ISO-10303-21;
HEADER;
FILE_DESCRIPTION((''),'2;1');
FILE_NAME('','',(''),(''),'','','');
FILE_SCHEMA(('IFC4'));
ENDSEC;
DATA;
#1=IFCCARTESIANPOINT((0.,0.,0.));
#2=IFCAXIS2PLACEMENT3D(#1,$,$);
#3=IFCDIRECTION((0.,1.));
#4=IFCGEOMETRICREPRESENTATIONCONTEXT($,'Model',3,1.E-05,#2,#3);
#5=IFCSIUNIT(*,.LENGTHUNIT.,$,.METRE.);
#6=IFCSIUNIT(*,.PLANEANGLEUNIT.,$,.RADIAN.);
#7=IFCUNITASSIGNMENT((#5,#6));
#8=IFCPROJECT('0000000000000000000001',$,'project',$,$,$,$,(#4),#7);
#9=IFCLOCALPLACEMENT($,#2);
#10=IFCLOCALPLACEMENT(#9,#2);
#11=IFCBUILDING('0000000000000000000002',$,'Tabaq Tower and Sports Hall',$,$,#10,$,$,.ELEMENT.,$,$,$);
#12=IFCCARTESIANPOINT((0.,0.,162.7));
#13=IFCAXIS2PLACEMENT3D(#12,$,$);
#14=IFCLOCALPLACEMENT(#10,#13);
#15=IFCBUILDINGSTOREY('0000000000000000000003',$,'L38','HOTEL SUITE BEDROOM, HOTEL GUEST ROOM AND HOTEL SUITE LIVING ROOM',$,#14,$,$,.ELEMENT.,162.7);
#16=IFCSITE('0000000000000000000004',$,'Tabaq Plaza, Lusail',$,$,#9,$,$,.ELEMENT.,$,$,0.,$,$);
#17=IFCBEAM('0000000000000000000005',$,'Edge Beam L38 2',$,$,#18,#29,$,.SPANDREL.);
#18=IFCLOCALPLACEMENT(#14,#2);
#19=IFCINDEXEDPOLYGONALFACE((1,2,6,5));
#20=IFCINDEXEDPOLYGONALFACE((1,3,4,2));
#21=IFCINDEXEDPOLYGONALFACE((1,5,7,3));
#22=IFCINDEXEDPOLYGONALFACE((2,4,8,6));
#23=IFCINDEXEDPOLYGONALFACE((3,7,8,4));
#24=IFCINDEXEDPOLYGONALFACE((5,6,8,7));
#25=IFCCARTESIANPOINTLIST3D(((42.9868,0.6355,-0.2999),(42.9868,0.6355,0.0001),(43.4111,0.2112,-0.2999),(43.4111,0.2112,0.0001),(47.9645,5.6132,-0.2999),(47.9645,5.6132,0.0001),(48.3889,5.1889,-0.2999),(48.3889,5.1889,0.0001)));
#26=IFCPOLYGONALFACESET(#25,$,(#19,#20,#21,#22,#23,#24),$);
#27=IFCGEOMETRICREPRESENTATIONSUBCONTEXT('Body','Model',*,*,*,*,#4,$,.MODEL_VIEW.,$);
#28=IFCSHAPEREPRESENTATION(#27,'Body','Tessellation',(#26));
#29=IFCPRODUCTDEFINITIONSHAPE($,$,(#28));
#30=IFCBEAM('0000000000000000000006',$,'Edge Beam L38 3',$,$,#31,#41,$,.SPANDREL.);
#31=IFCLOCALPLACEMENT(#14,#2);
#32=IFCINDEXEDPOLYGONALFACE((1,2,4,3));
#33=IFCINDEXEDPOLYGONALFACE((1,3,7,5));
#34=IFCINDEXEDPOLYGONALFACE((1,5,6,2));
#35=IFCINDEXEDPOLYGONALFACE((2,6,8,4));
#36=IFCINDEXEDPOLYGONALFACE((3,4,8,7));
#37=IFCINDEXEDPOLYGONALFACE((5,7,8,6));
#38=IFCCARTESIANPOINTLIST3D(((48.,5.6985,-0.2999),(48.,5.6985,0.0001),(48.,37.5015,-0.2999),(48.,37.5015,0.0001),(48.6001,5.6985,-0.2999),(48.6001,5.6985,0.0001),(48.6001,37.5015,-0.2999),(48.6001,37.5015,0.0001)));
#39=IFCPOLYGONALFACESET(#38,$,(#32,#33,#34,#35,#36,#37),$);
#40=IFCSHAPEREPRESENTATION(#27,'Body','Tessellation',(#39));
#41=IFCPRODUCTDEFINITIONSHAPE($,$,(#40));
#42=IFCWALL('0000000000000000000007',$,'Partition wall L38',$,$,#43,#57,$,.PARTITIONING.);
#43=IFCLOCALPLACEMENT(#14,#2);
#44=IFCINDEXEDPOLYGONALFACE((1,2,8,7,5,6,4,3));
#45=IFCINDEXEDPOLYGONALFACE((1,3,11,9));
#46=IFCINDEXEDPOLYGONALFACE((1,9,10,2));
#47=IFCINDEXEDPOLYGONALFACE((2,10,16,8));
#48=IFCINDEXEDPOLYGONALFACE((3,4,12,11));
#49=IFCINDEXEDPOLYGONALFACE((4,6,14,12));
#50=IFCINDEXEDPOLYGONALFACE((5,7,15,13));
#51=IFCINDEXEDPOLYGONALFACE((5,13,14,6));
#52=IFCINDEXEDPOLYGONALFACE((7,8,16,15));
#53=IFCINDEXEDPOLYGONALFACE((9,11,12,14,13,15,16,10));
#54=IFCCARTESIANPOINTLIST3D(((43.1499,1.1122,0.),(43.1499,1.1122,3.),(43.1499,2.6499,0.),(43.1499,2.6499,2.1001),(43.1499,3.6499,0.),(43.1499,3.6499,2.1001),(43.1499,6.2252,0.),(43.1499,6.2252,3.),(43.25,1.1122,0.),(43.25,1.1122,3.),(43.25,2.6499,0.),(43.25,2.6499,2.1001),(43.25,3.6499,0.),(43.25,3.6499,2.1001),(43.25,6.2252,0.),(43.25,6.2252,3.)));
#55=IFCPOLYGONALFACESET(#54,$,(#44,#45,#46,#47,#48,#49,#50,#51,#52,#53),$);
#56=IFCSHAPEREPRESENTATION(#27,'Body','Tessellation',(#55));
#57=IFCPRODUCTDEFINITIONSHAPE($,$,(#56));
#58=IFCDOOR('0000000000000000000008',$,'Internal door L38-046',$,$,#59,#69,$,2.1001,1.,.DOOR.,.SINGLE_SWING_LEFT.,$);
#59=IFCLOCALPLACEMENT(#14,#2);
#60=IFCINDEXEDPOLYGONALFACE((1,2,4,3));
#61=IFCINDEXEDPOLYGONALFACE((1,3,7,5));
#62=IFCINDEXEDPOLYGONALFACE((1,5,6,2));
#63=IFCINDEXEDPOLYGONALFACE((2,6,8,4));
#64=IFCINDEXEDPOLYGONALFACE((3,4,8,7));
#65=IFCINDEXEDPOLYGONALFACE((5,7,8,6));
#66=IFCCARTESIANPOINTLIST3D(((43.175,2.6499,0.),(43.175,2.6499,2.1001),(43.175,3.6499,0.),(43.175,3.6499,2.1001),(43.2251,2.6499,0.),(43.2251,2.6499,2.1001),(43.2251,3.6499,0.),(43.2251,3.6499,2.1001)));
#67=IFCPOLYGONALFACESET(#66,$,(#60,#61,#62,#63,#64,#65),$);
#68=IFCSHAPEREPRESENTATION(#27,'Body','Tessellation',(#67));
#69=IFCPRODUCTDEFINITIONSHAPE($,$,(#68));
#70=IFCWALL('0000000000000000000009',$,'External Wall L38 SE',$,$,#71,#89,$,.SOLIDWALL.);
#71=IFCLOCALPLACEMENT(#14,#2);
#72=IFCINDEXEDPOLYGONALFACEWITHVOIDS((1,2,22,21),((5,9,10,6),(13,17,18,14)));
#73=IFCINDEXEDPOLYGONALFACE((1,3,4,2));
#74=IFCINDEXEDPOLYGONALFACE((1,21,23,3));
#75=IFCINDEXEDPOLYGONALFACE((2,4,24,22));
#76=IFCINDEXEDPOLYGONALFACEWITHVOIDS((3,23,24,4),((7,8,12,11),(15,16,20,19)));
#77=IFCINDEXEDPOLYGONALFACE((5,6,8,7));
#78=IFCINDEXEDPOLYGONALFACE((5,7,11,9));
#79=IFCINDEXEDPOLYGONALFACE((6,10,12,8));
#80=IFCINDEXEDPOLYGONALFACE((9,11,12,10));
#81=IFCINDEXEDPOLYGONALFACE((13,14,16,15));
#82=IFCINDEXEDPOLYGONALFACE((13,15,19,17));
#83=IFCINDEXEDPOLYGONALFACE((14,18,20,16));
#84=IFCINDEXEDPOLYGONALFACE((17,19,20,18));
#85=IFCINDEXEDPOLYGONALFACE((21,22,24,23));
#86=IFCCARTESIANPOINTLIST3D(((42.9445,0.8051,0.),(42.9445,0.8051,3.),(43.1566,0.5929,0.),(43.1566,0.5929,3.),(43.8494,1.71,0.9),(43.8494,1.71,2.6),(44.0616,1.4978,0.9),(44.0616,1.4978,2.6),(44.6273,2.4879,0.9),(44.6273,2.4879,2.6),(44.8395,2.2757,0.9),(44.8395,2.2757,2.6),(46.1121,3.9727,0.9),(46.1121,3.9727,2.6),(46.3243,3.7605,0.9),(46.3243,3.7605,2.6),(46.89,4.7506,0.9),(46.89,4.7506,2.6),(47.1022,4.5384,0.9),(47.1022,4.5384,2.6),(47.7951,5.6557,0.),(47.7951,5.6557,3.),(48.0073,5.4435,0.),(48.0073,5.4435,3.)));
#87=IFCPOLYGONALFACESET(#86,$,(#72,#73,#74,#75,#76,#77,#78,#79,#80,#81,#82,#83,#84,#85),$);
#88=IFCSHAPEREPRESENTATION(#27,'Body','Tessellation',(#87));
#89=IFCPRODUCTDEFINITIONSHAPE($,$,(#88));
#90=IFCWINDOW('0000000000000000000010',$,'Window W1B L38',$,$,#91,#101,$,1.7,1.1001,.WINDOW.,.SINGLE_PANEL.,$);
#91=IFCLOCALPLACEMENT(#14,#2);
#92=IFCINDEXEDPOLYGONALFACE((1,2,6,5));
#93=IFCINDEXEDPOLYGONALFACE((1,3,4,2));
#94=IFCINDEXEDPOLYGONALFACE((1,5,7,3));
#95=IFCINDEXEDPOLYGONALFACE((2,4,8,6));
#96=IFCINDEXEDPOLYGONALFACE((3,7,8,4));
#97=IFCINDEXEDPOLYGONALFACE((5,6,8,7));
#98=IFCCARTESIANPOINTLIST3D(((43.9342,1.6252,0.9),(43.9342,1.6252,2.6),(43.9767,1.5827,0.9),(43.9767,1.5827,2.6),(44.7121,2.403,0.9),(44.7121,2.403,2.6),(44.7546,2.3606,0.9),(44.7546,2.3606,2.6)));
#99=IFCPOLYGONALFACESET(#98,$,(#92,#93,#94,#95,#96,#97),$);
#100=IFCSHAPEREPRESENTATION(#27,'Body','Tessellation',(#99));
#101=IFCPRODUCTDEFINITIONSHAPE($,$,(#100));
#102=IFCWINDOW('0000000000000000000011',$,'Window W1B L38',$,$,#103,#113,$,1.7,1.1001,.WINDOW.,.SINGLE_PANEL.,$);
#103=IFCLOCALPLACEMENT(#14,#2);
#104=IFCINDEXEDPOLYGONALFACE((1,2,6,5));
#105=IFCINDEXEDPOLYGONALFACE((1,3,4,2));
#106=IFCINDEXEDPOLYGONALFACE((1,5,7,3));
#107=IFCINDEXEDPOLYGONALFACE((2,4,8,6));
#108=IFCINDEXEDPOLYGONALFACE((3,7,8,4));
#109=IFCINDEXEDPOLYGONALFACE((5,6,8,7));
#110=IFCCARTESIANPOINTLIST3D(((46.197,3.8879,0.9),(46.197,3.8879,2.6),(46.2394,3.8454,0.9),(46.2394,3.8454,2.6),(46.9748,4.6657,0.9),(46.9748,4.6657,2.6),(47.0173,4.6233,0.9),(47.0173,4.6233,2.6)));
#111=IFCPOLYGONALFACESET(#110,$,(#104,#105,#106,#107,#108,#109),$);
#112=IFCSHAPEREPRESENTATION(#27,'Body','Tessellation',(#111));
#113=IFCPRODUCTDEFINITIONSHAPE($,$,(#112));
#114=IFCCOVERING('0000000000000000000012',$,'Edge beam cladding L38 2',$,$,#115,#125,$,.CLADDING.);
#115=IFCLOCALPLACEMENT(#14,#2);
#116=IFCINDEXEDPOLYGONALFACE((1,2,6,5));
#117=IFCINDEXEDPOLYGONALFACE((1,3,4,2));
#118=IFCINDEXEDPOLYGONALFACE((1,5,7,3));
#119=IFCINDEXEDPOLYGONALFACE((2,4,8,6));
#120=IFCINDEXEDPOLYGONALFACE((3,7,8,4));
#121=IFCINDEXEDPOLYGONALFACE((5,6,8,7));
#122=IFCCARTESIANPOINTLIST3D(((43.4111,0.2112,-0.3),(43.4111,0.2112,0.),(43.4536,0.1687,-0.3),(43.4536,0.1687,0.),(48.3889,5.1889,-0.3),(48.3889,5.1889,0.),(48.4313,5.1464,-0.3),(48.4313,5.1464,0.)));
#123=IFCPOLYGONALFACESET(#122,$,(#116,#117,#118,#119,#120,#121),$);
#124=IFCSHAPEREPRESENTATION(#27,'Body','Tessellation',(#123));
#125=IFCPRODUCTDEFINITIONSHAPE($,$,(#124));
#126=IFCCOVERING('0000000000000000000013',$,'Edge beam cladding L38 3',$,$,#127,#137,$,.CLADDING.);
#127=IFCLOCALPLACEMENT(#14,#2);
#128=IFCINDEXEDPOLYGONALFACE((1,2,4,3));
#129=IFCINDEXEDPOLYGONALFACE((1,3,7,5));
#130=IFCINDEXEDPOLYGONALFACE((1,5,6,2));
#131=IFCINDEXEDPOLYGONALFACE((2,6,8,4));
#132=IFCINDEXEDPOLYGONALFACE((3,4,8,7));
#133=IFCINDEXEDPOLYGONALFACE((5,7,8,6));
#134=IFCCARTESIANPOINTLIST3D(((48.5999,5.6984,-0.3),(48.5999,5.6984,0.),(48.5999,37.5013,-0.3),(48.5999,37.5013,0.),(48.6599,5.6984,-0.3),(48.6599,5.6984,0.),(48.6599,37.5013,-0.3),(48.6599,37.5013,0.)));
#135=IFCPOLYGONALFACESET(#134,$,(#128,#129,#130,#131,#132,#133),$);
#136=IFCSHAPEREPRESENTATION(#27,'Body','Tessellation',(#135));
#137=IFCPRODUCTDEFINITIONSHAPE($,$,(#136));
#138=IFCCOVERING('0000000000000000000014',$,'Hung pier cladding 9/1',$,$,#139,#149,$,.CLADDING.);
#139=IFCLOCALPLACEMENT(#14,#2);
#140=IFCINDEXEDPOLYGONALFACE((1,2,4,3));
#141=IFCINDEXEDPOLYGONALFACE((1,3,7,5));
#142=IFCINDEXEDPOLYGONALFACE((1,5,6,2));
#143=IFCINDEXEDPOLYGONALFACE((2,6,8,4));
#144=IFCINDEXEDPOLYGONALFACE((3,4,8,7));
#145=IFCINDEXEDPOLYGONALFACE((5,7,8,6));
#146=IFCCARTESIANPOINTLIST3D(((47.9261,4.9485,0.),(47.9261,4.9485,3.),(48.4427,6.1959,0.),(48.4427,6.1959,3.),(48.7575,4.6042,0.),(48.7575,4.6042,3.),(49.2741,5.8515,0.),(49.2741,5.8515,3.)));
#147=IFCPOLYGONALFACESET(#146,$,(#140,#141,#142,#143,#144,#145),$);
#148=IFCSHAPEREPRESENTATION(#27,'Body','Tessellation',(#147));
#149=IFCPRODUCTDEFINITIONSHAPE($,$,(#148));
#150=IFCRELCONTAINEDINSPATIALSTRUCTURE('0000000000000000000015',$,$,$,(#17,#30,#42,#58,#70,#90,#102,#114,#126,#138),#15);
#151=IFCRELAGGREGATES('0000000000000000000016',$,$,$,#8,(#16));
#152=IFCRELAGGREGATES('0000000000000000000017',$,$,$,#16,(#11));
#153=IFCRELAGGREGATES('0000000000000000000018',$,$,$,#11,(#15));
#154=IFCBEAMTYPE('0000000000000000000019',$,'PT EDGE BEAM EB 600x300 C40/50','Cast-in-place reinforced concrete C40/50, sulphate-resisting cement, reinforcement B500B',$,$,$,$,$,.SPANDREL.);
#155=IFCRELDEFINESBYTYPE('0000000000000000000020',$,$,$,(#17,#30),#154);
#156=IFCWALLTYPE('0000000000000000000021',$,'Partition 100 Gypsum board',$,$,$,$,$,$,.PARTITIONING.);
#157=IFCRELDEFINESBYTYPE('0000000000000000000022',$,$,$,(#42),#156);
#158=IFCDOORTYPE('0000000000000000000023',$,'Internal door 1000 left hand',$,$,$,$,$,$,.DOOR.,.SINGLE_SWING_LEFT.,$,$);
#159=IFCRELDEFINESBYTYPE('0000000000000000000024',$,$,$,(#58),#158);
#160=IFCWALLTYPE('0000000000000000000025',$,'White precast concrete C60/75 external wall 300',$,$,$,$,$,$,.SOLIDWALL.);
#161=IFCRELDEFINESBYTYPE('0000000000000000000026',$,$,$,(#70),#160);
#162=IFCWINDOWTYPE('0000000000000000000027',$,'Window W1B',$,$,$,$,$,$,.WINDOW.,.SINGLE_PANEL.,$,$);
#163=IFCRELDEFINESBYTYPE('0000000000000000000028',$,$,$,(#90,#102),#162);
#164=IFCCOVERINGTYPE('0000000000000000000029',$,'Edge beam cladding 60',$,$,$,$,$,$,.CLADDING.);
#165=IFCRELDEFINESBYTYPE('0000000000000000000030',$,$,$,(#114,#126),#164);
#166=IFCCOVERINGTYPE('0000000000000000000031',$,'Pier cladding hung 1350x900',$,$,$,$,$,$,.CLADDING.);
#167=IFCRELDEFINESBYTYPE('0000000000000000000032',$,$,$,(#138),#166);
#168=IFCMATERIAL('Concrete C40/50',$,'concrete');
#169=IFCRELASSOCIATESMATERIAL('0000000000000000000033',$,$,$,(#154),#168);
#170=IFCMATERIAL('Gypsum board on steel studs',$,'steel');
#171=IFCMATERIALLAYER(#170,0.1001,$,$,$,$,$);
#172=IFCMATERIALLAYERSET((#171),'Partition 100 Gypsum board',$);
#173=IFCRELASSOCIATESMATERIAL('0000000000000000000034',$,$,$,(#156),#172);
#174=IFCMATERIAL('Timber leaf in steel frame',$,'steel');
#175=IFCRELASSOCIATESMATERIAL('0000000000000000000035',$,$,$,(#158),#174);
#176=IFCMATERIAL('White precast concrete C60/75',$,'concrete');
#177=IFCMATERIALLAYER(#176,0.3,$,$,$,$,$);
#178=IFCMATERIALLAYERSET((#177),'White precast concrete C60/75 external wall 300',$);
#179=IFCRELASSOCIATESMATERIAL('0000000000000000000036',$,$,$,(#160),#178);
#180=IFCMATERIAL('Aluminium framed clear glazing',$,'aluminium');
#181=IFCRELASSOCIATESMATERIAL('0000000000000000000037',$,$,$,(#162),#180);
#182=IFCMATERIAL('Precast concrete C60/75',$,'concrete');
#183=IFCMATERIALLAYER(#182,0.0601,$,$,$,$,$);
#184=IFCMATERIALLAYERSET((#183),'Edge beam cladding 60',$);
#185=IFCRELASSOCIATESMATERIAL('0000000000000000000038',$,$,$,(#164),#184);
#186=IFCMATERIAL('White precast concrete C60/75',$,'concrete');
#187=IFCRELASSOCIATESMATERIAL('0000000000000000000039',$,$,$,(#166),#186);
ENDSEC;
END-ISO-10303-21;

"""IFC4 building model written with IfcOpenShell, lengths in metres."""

from ifc_helpers import new_model, si_unit, direction, frame, frame_2d, origin, origin_2d, place, context, subcontext, project, spatial, rectangle, extrude, material, layer, layer_set, material_profile, profile_set, type_object, element, fill, save


model = new_model("IFC4")

# Units and contexts
model_context = context("Model", 3, precision=1e-05, world=origin(), true_north=direction((0.0, 1.0)))
body_context = subcontext(model_context, "Body", "Model", "MODEL_VIEW")
ifc_project = project(units=[si_unit("LENGTHUNIT", "METRE"), si_unit("PLANEANGLEUNIT", "RADIAN")], contexts=[model_context])

# Site, building, storey
site_placement = place(None, origin())
site = spatial("IfcSite", under=ifc_project, at=site_placement, Name="Tabaq Plaza, Lusail", CompositionType="ELEMENT", RefElevation=0.0)
building_placement = place(site_placement, origin())
building = spatial("IfcBuilding", under=site, at=building_placement, Name="Tabaq Tower and Sports Hall", CompositionType="ELEMENT")
storey_placement = place(building_placement, frame((0.0, 0.0, 162.7)))
storey = spatial("IfcBuildingStorey", under=building, at=storey_placement, Name="L38", Description="HOTEL SUITE BEDROOM, HOTEL GUEST ROOM AND HOTEL SUITE LIVING ROOM", CompositionType="ELEMENT", Elevation=162.7)

# Beams
ifc_material_1 = material(Name="Concrete C40/50", Category="concrete")
ifc_material_profile = material_profile(ifc_material_1, rectangle(XDim=0.6001, YDim=0.3, at=origin_2d()), Name="EB 600x300")
ifc_profile_set = profile_set([ifc_material_profile], Name="Concrete C40/50")
beam_type = type_object("IfcBeamType", Name="PT EDGE BEAM EB 600x300 C40/50", Description="Cast-in-place reinforced concrete C40/50, sulphate-resisting cement, reinforcement B500B", PredefinedType="SPANDREL", material=ifc_profile_set)
beam_1_placement = place(storey_placement, frame((43.199, 0.4233, -0.1499), z_axis=(0.707107, 0.707107, 0.0), x_axis=(-0.707107, 0.707107, 0.0)))
element("IfcBeam", 1, at=beam_1_placement, inside=storey, type_object=beam_type, Name="Edge Beam L38 2", PredefinedType="SPANDREL", context=body_context, shape_type="SweptSolid", body=[
    extrude(rectangle(XDim=0.6001, YDim=0.3, at=origin_2d()), origin(), (0.0, 0.0, 1.0), 7.0396),
])
beam_2_placement = place(storey_placement, frame((48.3, 5.6985, -0.1499), z_axis=(0.0, 1.0, 0.0), x_axis=(-1.0, 0.0, 0.0)))
element("IfcBeam", 2, at=beam_2_placement, inside=storey, type_object=beam_type, Name="Edge Beam L38 3", PredefinedType="SPANDREL", context=body_context, shape_type="SweptSolid", body=[
    extrude(rectangle(XDim=0.6001, YDim=0.3, at=origin_2d()), origin(), (0.0, 0.0, 1.0), 31.803),
])

# Wall, opening, door
ifc_material_2 = material(Name="Gypsum board on steel studs", Category="steel")
ifc_layer_1 = layer(ifc_material_2, 0.1001)
ifc_layer_set_1 = layer_set([ifc_layer_1], Name="Partition 100 Gypsum board")
wall_type_1 = type_object("IfcWallType", Name="Partition 100 Gypsum board", PredefinedType="PARTITIONING", material=ifc_layer_set_1)
wall_1_placement = place(storey_placement, frame((43.2, 1.1121, 0.0), z_axis=(0.0, 0.0, 1.0), x_axis=(0.0, 1.0, 0.0)))
wall_1 = element("IfcWall", 3, at=wall_1_placement, inside=storey, type_object=wall_type_1, Name="Partition wall L38", PredefinedType="PARTITIONING", context=body_context, shape_type="SweptSolid", body=[
    extrude(rectangle(XDim=5.113, YDim=0.1001, at=frame_2d((2.5566, 0.0))), origin(), (0.0, 0.0, 1.0), 3.0),
])
opening_1_placement = place(wall_1_placement, frame((1.5378, 0.0, 0.0)))
opening_1 = element("IfcOpeningElement", 4, at=opening_1_placement, cuts=wall_1, PredefinedType="OPENING", context=body_context, shape_type="SweptSolid", body=[
    extrude(rectangle(XDim=1.0, YDim=2.1001, at=frame_2d((0.5, 1.05))), frame((0.0, 0.05, 0.0), z_axis=(0.0, -1.0, 0.0), x_axis=(1.0, 0.0, 0.0)), (0.0, 0.0, 1.0), 0.1001),
])
ifc_material_3 = material(Name="Timber leaf in steel frame", Category="steel")
door_type = type_object("IfcDoorType", Name="Internal door 1000 left hand", OperationType="SINGLE_SWING_LEFT", PredefinedType="DOOR", material=ifc_material_3)
door_placement = place(opening_1_placement, origin())
door = element("IfcDoor", 5, at=door_placement, inside=storey, type_object=door_type, Name="Internal door L38-046", OperationType="SINGLE_SWING_LEFT", OverallHeight=2.1001, OverallWidth=1.0, PredefinedType="DOOR", context=body_context, shape_type="SweptSolid", body=[
    extrude(rectangle(XDim=1.0, YDim=2.1001, at=frame_2d((0.5, 1.05))), frame((0.0, 0.0249, 0.0), z_axis=(0.0, -1.0, 0.0), x_axis=(1.0, 0.0, 0.0)), (0.0, 0.0, 1.0), 0.05),
])
fill(opening_1, door)

# Wall, openings, windows
ifc_material_4 = material(Name="White precast concrete C60/75", Category="concrete")
ifc_layer_2 = layer(ifc_material_4, 0.3)
ifc_layer_set_2 = layer_set([ifc_layer_2], Name="White precast concrete C60/75 external wall 300")
wall_type_2 = type_object("IfcWallType", Name="White precast concrete C60/75 external wall 300", PredefinedType="SOLIDWALL", material=ifc_layer_set_2)
wall_2_placement = place(storey_placement, frame((43.0505, 0.699, 0.0), z_axis=(0.0, 0.0, 1.0), x_axis=(0.707107, 0.707107, 0.0)))
wall_2 = element("IfcWall", 6, at=wall_2_placement, inside=storey, type_object=wall_type_2, Name="External Wall L38 SE", PredefinedType="SOLIDWALL", context=body_context, shape_type="SweptSolid", body=[
    extrude(rectangle(XDim=6.8599, YDim=0.3, at=frame_2d((3.4299, 0.0))), origin(), (0.0, 0.0, 1.0), 3.0),
])
opening_2_placement = place(wall_2_placement, frame((1.2798, 0.0, 0.8999)))
opening_2 = element("IfcOpeningElement", 7, at=opening_2_placement, cuts=wall_2, PredefinedType="OPENING", context=body_context, shape_type="SweptSolid", body=[
    extrude(rectangle(XDim=1.1001, YDim=1.7, at=frame_2d((0.55, 0.8501))), frame((0.0, 0.1602, 0.0), z_axis=(0.0, -1.0, 0.0), x_axis=(1.0, 0.0, 0.0)), (0.0, 0.0, 1.0), 0.3201),
])
opening_3_placement = place(wall_2_placement, frame((4.4797, 0.0, 0.8999)))
opening_3 = element("IfcOpeningElement", 8, at=opening_3_placement, cuts=wall_2, PredefinedType="OPENING", context=body_context, shape_type="SweptSolid", body=[
    extrude(rectangle(XDim=1.1001, YDim=1.7, at=frame_2d((0.55, 0.8501))), frame((0.0, 0.1602, 0.0), z_axis=(0.0, -1.0, 0.0), x_axis=(1.0, 0.0, 0.0)), (0.0, 0.0, 1.0), 0.3201),
])
ifc_material_5 = material(Name="Aluminium framed clear glazing", Category="aluminium")
window_type_1 = type_object("IfcWindowType", Name="Window W1B", PartitioningType="SINGLE_PANEL", PredefinedType="WINDOW", material=ifc_material_5)
window_1_placement = place(opening_2_placement, origin())
window_1 = element("IfcWindow", 9, at=window_1_placement, inside=storey, type_object=window_type_1, Name="Window W1B L38", OverallHeight=1.7, OverallWidth=1.1001, PartitioningType="SINGLE_PANEL", PredefinedType="WINDOW", context=body_context, shape_type="SweptSolid", body=[
    extrude(rectangle(XDim=1.1001, YDim=1.7, at=frame_2d((0.55, 0.8501))), frame((0.0, 0.03, 0.0), z_axis=(0.0, -1.0, 0.0), x_axis=(1.0, 0.0, 0.0)), (0.0, 0.0, 1.0), 0.0601),
])
fill(opening_2, window_1)
window_2_placement = place(opening_3_placement, origin())
window_2 = element("IfcWindow", 10, at=window_2_placement, inside=storey, type_object=window_type_1, Name="Window W1B L38", OverallHeight=1.7, OverallWidth=1.1001, PartitioningType="SINGLE_PANEL", PredefinedType="WINDOW", context=body_context, shape_type="SweptSolid", body=[
    extrude(rectangle(XDim=1.1001, YDim=1.7, at=frame_2d((0.55, 0.8501))), frame((0.0, 0.03, 0.0), z_axis=(0.0, -1.0, 0.0), x_axis=(1.0, 0.0, 0.0)), (0.0, 0.0, 1.0), 0.0601),
])
fill(opening_3, window_2)

# Coverings
ifc_material_6 = material(Name="Precast concrete C60/75", Category="concrete")
ifc_layer_3 = layer(ifc_material_6, 0.0601)
ifc_layer_set_3 = layer_set([ifc_layer_3], Name="Edge beam cladding 60")
covering_type_1 = type_object("IfcCoveringType", Name="Edge beam cladding 60", PredefinedType="CLADDING", material=ifc_layer_set_3)
covering_1_placement = place(storey_placement, frame((43.4324, 0.1899, -0.3), z_axis=(0.0, 0.0, 1.0), x_axis=(0.707107, 0.707107, 0.0)))
element("IfcCovering", 11, at=covering_1_placement, inside=storey, type_object=covering_type_1, Name="Edge beam cladding L38 2", PredefinedType="CLADDING", context=body_context, shape_type="SweptSolid", body=[
    extrude(rectangle(XDim=7.0396, YDim=0.0601, at=frame_2d((3.5198, 0.0))), origin(), (0.0, 0.0, 1.0), 0.3),
])
covering_2_placement = place(storey_placement, frame((48.6299, 5.6985, -0.3), z_axis=(0.0, 0.0, 1.0), x_axis=(0.0, 1.0, 0.0)))
element("IfcCovering", 12, at=covering_2_placement, inside=storey, type_object=covering_type_1, Name="Edge beam cladding L38 3", PredefinedType="CLADDING", context=body_context, shape_type="SweptSolid", body=[
    extrude(rectangle(XDim=31.803, YDim=0.0601, at=frame_2d((15.9014, 0.0))), origin(), (0.0, 0.0, 1.0), 0.3),
])
ifc_material_7 = material(Name="White precast concrete C60/75", Category="concrete")
covering_type_2 = type_object("IfcCoveringType", Name="Pier cladding hung 1350x900", PredefinedType="CLADDING", material=ifc_material_7)
covering_3_placement = place(storey_placement, frame((48.3418, 4.7764, 0.0), z_axis=(0.0, 0.0, 1.0), x_axis=(0.38265, 0.923893, 0.0)))
element("IfcCovering", 13, at=covering_3_placement, inside=storey, type_object=covering_type_2, Name="Hung pier cladding 9/1", PredefinedType="CLADDING", context=body_context, shape_type="SweptSolid", body=[
    extrude(rectangle(XDim=1.3501, YDim=0.8999, at=frame_2d((0.675, 0.0))), origin(), (0.0, 0.0, 1.0), 3.0),
])

save(model, "model.ifc")
